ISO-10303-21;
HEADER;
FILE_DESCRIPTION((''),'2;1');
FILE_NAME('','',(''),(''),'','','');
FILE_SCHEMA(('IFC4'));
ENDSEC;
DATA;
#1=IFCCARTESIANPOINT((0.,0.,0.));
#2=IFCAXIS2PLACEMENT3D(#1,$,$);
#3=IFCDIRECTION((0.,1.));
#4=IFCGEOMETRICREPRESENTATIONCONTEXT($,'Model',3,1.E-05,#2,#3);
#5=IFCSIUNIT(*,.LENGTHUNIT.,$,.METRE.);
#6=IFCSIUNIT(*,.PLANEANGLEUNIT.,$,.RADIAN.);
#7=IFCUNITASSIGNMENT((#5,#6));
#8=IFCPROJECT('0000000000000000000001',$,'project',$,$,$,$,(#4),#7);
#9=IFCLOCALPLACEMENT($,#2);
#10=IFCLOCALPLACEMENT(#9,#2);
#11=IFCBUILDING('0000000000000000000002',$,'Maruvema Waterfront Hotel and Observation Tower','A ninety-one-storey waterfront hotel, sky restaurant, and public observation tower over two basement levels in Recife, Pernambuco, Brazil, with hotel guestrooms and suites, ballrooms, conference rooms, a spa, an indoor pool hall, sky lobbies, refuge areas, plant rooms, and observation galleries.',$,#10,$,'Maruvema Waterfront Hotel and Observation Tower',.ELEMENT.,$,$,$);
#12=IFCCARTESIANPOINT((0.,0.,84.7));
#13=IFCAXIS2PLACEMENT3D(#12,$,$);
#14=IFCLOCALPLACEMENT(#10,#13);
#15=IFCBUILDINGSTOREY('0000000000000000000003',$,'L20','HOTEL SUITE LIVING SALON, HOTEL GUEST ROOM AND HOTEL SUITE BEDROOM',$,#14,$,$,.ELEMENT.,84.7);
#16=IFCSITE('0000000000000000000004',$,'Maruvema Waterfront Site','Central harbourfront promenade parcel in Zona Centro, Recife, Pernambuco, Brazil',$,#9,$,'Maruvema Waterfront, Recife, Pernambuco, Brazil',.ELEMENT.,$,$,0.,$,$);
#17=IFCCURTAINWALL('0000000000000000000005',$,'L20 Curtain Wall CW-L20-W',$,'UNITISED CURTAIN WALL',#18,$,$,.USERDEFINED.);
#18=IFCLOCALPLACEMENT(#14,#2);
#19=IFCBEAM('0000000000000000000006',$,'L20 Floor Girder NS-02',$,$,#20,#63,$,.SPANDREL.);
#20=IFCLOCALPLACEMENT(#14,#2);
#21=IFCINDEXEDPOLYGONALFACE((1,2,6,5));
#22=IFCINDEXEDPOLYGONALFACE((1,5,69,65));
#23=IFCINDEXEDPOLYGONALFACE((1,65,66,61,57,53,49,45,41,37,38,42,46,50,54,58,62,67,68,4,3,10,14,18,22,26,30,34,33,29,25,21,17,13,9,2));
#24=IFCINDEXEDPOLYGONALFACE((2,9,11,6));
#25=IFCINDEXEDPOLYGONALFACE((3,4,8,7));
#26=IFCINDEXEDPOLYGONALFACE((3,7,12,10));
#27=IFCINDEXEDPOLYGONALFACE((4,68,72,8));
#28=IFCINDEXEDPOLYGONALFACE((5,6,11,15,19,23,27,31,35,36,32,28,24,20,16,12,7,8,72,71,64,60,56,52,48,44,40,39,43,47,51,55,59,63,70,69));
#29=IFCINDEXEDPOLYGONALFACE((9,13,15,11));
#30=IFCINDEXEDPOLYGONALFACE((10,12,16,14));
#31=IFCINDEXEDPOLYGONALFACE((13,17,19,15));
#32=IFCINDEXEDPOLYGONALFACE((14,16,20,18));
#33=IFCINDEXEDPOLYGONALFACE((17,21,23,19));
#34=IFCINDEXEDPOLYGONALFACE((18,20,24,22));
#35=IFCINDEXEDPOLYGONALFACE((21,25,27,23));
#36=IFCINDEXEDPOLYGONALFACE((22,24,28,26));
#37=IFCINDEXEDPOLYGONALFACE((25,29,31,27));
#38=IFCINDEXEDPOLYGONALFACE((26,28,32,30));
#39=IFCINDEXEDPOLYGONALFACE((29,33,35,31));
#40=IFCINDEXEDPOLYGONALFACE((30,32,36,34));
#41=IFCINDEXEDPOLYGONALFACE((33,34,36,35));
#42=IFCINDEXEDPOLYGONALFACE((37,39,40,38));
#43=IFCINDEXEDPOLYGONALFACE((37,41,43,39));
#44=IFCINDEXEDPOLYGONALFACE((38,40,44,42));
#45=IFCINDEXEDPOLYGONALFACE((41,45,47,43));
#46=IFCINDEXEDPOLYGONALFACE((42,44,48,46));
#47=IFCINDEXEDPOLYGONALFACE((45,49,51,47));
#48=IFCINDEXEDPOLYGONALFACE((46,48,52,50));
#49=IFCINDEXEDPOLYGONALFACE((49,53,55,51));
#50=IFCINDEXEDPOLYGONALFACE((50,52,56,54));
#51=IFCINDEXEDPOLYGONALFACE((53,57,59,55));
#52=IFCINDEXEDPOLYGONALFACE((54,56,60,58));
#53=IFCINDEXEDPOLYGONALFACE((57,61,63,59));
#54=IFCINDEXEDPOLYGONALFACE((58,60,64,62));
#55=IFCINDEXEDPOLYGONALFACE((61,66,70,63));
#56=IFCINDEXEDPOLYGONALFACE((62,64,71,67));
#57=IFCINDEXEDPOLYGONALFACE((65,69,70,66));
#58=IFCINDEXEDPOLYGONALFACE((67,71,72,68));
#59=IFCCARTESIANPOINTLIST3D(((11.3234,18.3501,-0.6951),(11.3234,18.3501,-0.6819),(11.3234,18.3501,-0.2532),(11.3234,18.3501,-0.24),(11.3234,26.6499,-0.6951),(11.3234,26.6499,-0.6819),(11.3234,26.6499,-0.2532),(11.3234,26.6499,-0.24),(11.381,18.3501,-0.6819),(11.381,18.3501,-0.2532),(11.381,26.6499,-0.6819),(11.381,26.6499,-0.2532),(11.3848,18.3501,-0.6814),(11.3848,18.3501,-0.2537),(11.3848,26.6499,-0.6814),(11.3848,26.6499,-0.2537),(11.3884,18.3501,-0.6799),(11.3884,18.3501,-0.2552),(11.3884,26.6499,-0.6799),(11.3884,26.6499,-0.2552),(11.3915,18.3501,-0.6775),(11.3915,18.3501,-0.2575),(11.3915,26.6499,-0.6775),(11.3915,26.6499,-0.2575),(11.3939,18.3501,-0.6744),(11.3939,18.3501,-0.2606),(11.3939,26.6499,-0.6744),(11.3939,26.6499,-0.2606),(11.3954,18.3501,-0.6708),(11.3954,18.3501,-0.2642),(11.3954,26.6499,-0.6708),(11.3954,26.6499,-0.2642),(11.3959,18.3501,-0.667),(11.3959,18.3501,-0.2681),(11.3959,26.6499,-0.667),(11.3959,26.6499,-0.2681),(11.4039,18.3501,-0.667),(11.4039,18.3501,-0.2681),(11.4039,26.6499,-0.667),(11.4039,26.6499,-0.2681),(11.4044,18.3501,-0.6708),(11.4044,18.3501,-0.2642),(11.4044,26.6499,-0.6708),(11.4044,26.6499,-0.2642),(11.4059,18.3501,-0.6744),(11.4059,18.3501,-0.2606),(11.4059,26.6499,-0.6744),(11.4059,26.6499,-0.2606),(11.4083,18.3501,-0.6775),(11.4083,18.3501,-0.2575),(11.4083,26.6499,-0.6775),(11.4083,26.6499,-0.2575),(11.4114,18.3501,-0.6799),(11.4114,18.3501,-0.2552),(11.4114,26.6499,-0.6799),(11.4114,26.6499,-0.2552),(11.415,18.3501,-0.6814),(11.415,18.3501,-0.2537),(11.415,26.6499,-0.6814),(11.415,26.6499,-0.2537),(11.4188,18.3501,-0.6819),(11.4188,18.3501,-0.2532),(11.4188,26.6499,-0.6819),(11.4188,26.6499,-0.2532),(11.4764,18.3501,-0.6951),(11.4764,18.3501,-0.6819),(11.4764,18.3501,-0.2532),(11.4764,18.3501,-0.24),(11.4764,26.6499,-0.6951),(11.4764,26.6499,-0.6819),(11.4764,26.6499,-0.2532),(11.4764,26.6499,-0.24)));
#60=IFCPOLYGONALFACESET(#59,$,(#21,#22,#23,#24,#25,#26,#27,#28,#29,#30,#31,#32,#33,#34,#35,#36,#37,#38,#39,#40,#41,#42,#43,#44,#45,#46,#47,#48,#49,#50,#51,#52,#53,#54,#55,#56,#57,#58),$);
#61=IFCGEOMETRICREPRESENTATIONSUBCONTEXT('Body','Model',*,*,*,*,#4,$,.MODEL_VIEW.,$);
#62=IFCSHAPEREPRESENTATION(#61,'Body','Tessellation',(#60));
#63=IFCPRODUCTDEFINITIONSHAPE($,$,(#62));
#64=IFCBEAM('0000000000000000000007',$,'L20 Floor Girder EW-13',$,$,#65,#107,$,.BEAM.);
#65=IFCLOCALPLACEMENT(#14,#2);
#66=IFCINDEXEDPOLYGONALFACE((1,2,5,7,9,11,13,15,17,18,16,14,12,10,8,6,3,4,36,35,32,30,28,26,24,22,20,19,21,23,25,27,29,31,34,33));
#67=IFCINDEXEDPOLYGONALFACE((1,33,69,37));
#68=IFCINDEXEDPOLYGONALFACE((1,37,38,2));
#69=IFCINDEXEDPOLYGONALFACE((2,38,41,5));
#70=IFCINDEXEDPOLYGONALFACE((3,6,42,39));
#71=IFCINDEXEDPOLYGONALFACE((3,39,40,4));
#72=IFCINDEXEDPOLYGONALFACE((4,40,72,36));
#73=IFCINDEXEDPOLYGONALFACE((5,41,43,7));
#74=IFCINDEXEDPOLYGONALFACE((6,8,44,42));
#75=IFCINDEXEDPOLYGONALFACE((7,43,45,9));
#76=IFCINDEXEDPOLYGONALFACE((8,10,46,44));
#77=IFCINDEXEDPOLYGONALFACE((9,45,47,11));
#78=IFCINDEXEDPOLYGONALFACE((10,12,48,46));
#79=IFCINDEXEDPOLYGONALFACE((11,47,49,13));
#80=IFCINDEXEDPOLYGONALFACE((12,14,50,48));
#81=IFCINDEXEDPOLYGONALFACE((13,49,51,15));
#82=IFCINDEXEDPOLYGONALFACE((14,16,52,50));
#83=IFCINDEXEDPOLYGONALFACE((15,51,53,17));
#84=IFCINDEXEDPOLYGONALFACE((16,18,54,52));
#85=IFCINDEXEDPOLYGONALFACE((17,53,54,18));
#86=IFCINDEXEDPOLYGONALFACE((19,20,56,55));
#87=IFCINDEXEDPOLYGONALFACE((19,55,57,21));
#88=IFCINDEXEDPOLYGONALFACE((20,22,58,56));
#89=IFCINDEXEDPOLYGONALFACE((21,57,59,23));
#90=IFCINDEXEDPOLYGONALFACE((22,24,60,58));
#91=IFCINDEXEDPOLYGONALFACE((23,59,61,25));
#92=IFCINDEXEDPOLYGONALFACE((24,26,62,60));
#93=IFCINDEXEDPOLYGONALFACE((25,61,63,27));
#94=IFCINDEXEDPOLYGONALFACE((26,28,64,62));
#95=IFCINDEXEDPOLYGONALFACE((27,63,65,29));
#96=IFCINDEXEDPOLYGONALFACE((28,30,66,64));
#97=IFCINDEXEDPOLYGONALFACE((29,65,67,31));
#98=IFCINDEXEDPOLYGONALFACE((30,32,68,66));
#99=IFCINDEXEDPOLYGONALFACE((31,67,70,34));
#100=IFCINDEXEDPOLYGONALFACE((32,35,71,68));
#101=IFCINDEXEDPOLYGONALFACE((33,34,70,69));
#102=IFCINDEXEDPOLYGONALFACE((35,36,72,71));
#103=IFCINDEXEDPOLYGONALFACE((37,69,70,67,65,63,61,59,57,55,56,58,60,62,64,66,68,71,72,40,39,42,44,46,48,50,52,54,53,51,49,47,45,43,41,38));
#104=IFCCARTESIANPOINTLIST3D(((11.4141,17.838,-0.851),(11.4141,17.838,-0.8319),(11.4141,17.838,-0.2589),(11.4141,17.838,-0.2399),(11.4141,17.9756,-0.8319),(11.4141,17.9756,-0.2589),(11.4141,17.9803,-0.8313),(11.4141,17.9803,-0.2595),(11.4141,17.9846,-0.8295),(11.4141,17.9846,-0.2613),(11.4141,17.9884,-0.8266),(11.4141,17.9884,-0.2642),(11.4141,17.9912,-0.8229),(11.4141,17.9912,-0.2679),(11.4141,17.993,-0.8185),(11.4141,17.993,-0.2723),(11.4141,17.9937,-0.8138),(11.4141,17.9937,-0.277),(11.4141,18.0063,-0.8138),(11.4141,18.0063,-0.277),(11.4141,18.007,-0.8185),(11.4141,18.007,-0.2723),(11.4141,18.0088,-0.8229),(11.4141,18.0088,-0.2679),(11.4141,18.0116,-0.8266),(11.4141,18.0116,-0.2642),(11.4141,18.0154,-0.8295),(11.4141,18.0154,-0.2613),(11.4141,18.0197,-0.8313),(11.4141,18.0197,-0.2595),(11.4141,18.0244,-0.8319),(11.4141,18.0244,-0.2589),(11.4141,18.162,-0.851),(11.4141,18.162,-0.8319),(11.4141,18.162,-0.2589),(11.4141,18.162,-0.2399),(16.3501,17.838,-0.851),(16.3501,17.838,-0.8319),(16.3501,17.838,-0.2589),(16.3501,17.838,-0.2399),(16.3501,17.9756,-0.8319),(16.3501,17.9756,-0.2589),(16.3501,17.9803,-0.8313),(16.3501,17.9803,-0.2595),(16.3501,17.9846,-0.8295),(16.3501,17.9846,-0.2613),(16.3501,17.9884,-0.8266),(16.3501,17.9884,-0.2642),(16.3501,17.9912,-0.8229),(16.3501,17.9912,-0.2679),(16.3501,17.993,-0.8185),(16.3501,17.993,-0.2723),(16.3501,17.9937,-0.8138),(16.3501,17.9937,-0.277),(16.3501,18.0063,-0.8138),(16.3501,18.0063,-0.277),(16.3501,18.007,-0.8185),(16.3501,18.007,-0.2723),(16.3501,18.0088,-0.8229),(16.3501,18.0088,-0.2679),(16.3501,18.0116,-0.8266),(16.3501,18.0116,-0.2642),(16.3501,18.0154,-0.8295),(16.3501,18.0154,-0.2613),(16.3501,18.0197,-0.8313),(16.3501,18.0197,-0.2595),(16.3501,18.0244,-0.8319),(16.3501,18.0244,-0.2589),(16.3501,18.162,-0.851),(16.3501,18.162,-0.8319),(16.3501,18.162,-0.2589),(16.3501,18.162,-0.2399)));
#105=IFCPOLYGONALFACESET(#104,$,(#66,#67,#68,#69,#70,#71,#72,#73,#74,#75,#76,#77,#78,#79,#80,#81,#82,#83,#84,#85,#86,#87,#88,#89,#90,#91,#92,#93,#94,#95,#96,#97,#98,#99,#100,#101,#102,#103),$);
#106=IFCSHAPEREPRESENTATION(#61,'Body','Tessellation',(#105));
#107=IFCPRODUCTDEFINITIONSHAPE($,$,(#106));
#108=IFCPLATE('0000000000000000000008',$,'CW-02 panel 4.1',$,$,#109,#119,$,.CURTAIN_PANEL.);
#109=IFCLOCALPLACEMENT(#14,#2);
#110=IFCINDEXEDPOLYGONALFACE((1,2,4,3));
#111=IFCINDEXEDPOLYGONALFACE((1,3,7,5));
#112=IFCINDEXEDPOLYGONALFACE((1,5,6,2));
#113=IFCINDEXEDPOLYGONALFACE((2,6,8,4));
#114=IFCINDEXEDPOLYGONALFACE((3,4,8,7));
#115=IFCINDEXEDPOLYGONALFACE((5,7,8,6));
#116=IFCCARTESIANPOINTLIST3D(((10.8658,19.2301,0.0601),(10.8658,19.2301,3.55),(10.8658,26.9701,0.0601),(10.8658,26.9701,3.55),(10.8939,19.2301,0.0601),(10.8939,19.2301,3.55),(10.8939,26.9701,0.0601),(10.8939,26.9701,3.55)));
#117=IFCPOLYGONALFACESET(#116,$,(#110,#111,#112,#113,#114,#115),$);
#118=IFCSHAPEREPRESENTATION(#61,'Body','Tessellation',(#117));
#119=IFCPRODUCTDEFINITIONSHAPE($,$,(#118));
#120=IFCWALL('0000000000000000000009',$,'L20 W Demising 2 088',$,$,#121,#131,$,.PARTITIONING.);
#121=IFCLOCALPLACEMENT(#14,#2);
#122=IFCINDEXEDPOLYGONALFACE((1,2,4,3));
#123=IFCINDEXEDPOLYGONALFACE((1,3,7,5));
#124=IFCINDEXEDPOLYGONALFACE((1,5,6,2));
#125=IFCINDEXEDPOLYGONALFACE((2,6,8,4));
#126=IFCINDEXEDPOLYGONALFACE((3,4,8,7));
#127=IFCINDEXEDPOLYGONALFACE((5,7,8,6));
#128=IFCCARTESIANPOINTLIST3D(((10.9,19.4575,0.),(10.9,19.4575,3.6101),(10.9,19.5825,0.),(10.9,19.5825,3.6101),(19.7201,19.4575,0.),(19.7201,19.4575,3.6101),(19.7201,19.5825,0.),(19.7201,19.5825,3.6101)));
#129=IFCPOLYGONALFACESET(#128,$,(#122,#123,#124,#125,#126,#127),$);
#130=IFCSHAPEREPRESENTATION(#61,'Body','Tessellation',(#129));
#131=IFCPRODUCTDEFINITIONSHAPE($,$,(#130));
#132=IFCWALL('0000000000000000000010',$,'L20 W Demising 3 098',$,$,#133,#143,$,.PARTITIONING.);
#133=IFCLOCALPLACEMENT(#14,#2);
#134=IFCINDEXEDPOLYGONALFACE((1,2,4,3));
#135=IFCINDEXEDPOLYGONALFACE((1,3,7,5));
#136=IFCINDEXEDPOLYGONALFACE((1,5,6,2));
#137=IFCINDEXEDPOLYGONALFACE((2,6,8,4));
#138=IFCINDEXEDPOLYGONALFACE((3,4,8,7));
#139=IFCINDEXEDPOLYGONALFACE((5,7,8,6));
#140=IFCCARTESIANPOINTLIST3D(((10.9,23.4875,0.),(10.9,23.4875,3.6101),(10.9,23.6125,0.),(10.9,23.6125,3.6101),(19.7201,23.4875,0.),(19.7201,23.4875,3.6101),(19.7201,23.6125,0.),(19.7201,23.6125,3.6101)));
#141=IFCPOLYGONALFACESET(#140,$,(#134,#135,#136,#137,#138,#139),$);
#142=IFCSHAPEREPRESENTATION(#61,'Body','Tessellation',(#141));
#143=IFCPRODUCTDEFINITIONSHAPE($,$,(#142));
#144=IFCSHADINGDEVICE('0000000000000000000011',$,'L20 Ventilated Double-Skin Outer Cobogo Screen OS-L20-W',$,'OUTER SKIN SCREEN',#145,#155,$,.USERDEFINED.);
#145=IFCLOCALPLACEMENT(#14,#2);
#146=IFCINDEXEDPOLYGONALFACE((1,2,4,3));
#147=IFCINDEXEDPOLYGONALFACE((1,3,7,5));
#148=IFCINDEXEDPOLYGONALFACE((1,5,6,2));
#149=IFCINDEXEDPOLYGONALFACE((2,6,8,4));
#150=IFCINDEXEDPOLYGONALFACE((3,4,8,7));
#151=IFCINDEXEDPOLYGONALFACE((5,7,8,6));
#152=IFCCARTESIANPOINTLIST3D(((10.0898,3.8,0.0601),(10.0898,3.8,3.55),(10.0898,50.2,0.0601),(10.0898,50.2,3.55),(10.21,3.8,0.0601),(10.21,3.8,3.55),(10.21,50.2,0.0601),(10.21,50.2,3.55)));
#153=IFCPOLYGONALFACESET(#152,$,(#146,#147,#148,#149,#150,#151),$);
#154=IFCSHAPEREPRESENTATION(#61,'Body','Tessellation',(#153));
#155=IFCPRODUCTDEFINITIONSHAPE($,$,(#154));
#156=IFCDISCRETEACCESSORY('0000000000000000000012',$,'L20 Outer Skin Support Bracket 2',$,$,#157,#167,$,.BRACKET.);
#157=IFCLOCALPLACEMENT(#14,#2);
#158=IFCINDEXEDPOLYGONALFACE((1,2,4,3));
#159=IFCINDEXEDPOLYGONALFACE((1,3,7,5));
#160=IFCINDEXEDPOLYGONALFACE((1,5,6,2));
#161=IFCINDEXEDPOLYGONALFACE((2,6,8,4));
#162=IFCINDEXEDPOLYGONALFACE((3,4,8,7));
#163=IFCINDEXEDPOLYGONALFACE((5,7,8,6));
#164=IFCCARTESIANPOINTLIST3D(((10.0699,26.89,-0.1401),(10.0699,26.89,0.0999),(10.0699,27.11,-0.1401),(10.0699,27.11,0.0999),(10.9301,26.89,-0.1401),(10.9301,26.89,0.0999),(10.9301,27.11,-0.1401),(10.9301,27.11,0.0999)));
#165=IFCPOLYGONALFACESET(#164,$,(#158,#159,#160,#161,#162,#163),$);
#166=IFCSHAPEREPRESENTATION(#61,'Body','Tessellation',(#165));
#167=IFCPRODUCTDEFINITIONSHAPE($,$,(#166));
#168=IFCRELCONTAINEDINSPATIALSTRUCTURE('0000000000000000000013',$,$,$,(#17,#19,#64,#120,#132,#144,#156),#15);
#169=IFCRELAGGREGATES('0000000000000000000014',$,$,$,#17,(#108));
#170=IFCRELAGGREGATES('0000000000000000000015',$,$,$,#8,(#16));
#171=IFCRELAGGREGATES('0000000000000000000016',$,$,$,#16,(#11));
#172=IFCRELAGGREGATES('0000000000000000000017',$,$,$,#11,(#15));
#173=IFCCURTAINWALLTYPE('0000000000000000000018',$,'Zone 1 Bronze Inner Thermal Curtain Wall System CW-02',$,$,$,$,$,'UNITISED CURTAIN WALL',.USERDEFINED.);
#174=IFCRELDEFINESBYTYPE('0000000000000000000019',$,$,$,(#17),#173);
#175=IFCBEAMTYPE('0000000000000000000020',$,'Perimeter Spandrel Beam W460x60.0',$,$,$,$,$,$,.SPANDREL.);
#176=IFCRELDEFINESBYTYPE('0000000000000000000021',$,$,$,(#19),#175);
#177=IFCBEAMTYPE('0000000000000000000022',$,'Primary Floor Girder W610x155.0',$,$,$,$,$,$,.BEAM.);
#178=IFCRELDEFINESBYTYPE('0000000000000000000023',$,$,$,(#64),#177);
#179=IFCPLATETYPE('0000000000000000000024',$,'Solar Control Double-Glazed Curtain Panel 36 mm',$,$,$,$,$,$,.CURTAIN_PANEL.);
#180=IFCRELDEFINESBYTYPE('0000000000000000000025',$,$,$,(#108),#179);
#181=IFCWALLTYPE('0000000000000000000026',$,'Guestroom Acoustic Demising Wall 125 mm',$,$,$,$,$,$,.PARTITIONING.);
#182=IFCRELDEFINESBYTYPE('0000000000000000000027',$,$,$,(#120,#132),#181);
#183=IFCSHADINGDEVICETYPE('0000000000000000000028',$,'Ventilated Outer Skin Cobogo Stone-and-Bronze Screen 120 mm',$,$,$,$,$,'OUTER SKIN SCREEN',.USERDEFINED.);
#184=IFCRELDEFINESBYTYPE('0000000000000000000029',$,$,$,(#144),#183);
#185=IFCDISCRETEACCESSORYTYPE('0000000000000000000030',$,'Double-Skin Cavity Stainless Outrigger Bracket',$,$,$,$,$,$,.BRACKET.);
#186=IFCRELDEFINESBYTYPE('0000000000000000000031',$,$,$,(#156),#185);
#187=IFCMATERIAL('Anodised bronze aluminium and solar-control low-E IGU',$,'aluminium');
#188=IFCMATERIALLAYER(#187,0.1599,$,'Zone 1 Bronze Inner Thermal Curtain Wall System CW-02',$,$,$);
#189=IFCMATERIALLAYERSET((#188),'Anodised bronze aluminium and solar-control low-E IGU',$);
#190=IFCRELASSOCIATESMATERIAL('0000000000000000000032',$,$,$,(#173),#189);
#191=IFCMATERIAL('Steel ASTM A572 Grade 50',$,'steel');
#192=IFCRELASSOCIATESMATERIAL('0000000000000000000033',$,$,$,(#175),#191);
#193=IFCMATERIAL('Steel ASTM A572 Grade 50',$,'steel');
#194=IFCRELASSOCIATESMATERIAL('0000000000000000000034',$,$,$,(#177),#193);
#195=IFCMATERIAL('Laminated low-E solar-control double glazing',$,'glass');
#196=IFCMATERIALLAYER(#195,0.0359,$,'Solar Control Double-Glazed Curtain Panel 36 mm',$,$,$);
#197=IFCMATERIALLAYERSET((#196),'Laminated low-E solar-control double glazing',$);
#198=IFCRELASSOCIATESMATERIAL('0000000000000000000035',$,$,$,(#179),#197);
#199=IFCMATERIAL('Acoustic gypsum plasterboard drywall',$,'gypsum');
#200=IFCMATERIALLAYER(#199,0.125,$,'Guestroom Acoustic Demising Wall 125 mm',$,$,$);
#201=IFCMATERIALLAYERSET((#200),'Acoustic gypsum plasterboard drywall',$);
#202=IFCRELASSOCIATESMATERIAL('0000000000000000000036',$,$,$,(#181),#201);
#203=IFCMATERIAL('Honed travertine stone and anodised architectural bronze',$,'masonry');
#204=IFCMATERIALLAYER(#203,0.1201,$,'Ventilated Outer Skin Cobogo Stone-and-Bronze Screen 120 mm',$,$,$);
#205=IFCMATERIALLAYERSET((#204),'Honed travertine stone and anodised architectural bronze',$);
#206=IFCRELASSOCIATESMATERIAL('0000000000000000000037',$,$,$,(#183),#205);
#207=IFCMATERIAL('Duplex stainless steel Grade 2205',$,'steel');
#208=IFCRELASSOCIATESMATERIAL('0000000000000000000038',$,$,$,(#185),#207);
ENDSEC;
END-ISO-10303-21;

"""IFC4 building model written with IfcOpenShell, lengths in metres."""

from ifc_helpers import new_model, si_unit, direction, frame, frame_2d, origin, origin_2d, place, context, subcontext, project, spatial, rectangle, i_section, extrude, material, layer, layer_set, material_profile, profile_set, type_object, element, aggregate, save


model = new_model("IFC4")

# Units and contexts
model_context = context("Model", 3, precision=1e-05, world=origin(), true_north=direction((0.0, 1.0)))
body_context = subcontext(model_context, "Body", "Model", "MODEL_VIEW")
ifc_project = project(units=[si_unit("LENGTHUNIT", "METRE"), si_unit("PLANEANGLEUNIT", "RADIAN")], contexts=[model_context])

# Site, building, storey
site_placement = place(None, origin())
site = spatial("IfcSite", under=ifc_project, at=site_placement, Name="Maruvema Waterfront Site", Description="Central harbourfront promenade parcel in Zona Centro, Recife, Pernambuco, Brazil", LongName="Maruvema Waterfront, Recife, Pernambuco, Brazil", CompositionType="ELEMENT", RefElevation=0.0)
building_placement = place(site_placement, origin())
building = spatial("IfcBuilding", under=site, at=building_placement, Name="Maruvema Waterfront Hotel and Observation Tower", Description="A ninety-one-storey waterfront hotel, sky restaurant, and public observation tower over two basement levels in Recife, Pernambuco, Brazil, with hotel guestrooms and suites, ballrooms, conference rooms, a spa, an indoor pool hall, sky lobbies, refuge areas, plant rooms, and observation galleries.", LongName="Maruvema Waterfront Hotel and Observation Tower", CompositionType="ELEMENT")
storey_placement = place(building_placement, frame((0.0, 0.0, 84.7)))
storey = spatial("IfcBuildingStorey", under=building, at=storey_placement, Name="L20", Description="HOTEL SUITE LIVING SALON, HOTEL GUEST ROOM AND HOTEL SUITE BEDROOM", CompositionType="ELEMENT", Elevation=84.7)

# Curtain wall
ifc_material_1 = material(Name="Anodised bronze aluminium and solar-control low-E IGU", Category="aluminium")
ifc_layer_1 = layer(ifc_material_1, 0.1599, Name="Zone 1 Bronze Inner Thermal Curtain Wall System CW-02")
ifc_layer_set_1 = layer_set([ifc_layer_1], Name="Anodised bronze aluminium and solar-control low-E IGU")
curtain_wall_type = type_object("IfcCurtainWallType", Name="Zone 1 Bronze Inner Thermal Curtain Wall System CW-02", ElementType="UNITISED CURTAIN WALL", PredefinedType="USERDEFINED", material=ifc_layer_set_1)
curtain_wall_placement = place(storey_placement, origin())
curtain_wall = element("IfcCurtainWall", 1, at=curtain_wall_placement, inside=storey, type_object=curtain_wall_type, Name="L20 Curtain Wall CW-L20-W", ObjectType="UNITISED CURTAIN WALL", PredefinedType="USERDEFINED")

# Beams
ifc_material_2 = material(Name="Steel ASTM A572 Grade 50", Category="steel")
ifc_material_profile_1 = material_profile(ifc_material_2, i_section(OverallWidth=0.1531, OverallDepth=0.4551, WebThickness=0.0081, FlangeThickness=0.0132, FilletRadius=0.0149, at=origin_2d()), Name="W460x60.0")
ifc_profile_set_1 = profile_set([ifc_material_profile_1], Name="Steel ASTM A572 Grade 50")
beam_type_1 = type_object("IfcBeamType", Name="Perimeter Spandrel Beam W460x60.0", PredefinedType="SPANDREL", material=ifc_profile_set_1)
beam_1_placement = place(storey_placement, frame((11.3999, 18.3501, -0.4675), z_axis=(0.0, 1.0, 0.0), x_axis=(-1.0, 0.0, 0.0)))
element("IfcBeam", 2, at=beam_1_placement, inside=storey, type_object=beam_type_1, Name="L20 Floor Girder NS-02", PredefinedType="SPANDREL", context=body_context, shape_type="SweptSolid", body=[
    extrude(i_section(OverallWidth=0.1531, OverallDepth=0.4551, WebThickness=0.0081, FlangeThickness=0.0132, FilletRadius=0.0149, at=origin_2d()), origin(), (0.0, 0.0, 1.0), 8.2998),
])
ifc_material_3 = material(Name="Steel ASTM A572 Grade 50", Category="steel")
ifc_material_profile_2 = material_profile(ifc_material_3, i_section(OverallWidth=0.324, OverallDepth=0.6111, WebThickness=0.0127, FlangeThickness=0.019, FilletRadius=0.0181, at=origin_2d()), Name="W610x155.0")
ifc_profile_set_2 = profile_set([ifc_material_profile_2], Name="Steel ASTM A572 Grade 50")
beam_type_2 = type_object("IfcBeamType", Name="Primary Floor Girder W610x155.0", PredefinedType="BEAM", material=ifc_profile_set_2)
beam_2_placement = place(storey_placement, frame((11.4141, 18.0, -0.5454), z_axis=(1.0, 0.0, 0.0), x_axis=(0.0, 1.0, 0.0)))
element("IfcBeam", 3, at=beam_2_placement, inside=storey, type_object=beam_type_2, Name="L20 Floor Girder EW-13", PredefinedType="BEAM", context=body_context, shape_type="SweptSolid", body=[
    extrude(i_section(OverallWidth=0.324, OverallDepth=0.6111, WebThickness=0.0127, FlangeThickness=0.019, FilletRadius=0.0181, at=origin_2d()), origin(), (0.0, 0.0, 1.0), 4.936),
])

# Plate
ifc_material_4 = material(Name="Laminated low-E solar-control double glazing", Category="glass")
ifc_layer_2 = layer(ifc_material_4, 0.0359, Name="Solar Control Double-Glazed Curtain Panel 36 mm")
ifc_layer_set_2 = layer_set([ifc_layer_2], Name="Laminated low-E solar-control double glazing")
plate_type = type_object("IfcPlateType", Name="Solar Control Double-Glazed Curtain Panel 36 mm", PredefinedType="CURTAIN_PANEL", material=ifc_layer_set_2)
plate_placement = place(storey_placement, frame((10.8799, 23.1001, 0.0601), z_axis=(0.0, 0.0, 1.0), x_axis=(0.0, -1.0, 0.0)))
plate = element("IfcPlate", 4, at=plate_placement, type_object=plate_type, Name="CW-02 panel 4.1", PredefinedType="CURTAIN_PANEL", context=body_context, shape_type="SweptSolid", body=[
    extrude(rectangle(XDim=7.74, YDim=0.0281, at=origin_2d()), origin(), (0.0, 0.0, 1.0), 3.49),
])
aggregate(curtain_wall, [plate])

# Walls
ifc_material_5 = material(Name="Acoustic gypsum plasterboard drywall", Category="gypsum")
ifc_layer_3 = layer(ifc_material_5, 0.125, Name="Guestroom Acoustic Demising Wall 125 mm")
ifc_layer_set_3 = layer_set([ifc_layer_3], Name="Acoustic gypsum plasterboard drywall")
wall_type = type_object("IfcWallType", Name="Guestroom Acoustic Demising Wall 125 mm", PredefinedType="PARTITIONING", material=ifc_layer_set_3)
for number, where, z_axis, x_axis, name in (
    (5, (10.8999, 19.52, 0.0), (0.0, 0.0, 1.0), (1.0, 0.0, 0.0), "L20 W Demising 2 088"),
    (6, (10.8999, 23.55, 0.0), (0.0, 0.0, 1.0), (1.0, 0.0, 0.0), "L20 W Demising 3 098"),
):
    element("IfcWall", number, at=place(storey_placement, frame(where, z_axis=z_axis, x_axis=x_axis)), inside=storey, type_object=wall_type, Name=name, PredefinedType="PARTITIONING", context=body_context, shape_type="SweptSolid", body=[
        extrude(rectangle(XDim=8.8201, YDim=0.125, at=frame_2d((4.4102, 0.0))), origin(), (0.0, 0.0, 1.0), 3.6101),
    ])

# Shading device
ifc_material_6 = material(Name="Honed travertine stone and anodised architectural bronze", Category="masonry")
ifc_layer_4 = layer(ifc_material_6, 0.1201, Name="Ventilated Outer Skin Cobogo Stone-and-Bronze Screen 120 mm")
ifc_layer_set_4 = layer_set([ifc_layer_4], Name="Honed travertine stone and anodised architectural bronze")
shading_device_type = type_object("IfcShadingDeviceType", Name="Ventilated Outer Skin Cobogo Stone-and-Bronze Screen 120 mm", ElementType="OUTER SKIN SCREEN", PredefinedType="USERDEFINED", material=ifc_layer_set_4)
shading_device_placement = place(storey_placement, frame((10.1499, 27.0, 0.0601), z_axis=(0.0, 0.0, 1.0), x_axis=(0.0, -1.0, 0.0)))
element("IfcShadingDevice", 7, at=shading_device_placement, inside=storey, type_object=shading_device_type, Name="L20 Ventilated Double-Skin Outer Cobogo Screen OS-L20-W", ObjectType="OUTER SKIN SCREEN", PredefinedType="USERDEFINED", context=body_context, shape_type="SweptSolid", body=[
    extrude(rectangle(XDim=46.3999, YDim=0.1201, at=origin_2d()), origin(), (0.0, 0.0, 1.0), 3.49),
])

# Discrete accessory
ifc_material_7 = material(Name="Duplex stainless steel Grade 2205", Category="steel")
discrete_accessory_type = type_object("IfcDiscreteAccessoryType", Name="Double-Skin Cavity Stainless Outrigger Bracket", PredefinedType="BRACKET", material=ifc_material_7)
discrete_accessory_placement = place(storey_placement, frame((10.5, 27.0, -0.1401), z_axis=(0.0, 0.0, 1.0), x_axis=(0.0, -1.0, 0.0)))
element("IfcDiscreteAccessory", 8, at=discrete_accessory_placement, inside=storey, type_object=discrete_accessory_type, Name="L20 Outer Skin Support Bracket 2", PredefinedType="BRACKET", context=body_context, shape_type="SweptSolid", body=[
    extrude(rectangle(XDim=0.22, YDim=0.8601, at=origin_2d()), origin(), (0.0, 0.0, 1.0), 0.24),
])

save(model, "model.ifc")
